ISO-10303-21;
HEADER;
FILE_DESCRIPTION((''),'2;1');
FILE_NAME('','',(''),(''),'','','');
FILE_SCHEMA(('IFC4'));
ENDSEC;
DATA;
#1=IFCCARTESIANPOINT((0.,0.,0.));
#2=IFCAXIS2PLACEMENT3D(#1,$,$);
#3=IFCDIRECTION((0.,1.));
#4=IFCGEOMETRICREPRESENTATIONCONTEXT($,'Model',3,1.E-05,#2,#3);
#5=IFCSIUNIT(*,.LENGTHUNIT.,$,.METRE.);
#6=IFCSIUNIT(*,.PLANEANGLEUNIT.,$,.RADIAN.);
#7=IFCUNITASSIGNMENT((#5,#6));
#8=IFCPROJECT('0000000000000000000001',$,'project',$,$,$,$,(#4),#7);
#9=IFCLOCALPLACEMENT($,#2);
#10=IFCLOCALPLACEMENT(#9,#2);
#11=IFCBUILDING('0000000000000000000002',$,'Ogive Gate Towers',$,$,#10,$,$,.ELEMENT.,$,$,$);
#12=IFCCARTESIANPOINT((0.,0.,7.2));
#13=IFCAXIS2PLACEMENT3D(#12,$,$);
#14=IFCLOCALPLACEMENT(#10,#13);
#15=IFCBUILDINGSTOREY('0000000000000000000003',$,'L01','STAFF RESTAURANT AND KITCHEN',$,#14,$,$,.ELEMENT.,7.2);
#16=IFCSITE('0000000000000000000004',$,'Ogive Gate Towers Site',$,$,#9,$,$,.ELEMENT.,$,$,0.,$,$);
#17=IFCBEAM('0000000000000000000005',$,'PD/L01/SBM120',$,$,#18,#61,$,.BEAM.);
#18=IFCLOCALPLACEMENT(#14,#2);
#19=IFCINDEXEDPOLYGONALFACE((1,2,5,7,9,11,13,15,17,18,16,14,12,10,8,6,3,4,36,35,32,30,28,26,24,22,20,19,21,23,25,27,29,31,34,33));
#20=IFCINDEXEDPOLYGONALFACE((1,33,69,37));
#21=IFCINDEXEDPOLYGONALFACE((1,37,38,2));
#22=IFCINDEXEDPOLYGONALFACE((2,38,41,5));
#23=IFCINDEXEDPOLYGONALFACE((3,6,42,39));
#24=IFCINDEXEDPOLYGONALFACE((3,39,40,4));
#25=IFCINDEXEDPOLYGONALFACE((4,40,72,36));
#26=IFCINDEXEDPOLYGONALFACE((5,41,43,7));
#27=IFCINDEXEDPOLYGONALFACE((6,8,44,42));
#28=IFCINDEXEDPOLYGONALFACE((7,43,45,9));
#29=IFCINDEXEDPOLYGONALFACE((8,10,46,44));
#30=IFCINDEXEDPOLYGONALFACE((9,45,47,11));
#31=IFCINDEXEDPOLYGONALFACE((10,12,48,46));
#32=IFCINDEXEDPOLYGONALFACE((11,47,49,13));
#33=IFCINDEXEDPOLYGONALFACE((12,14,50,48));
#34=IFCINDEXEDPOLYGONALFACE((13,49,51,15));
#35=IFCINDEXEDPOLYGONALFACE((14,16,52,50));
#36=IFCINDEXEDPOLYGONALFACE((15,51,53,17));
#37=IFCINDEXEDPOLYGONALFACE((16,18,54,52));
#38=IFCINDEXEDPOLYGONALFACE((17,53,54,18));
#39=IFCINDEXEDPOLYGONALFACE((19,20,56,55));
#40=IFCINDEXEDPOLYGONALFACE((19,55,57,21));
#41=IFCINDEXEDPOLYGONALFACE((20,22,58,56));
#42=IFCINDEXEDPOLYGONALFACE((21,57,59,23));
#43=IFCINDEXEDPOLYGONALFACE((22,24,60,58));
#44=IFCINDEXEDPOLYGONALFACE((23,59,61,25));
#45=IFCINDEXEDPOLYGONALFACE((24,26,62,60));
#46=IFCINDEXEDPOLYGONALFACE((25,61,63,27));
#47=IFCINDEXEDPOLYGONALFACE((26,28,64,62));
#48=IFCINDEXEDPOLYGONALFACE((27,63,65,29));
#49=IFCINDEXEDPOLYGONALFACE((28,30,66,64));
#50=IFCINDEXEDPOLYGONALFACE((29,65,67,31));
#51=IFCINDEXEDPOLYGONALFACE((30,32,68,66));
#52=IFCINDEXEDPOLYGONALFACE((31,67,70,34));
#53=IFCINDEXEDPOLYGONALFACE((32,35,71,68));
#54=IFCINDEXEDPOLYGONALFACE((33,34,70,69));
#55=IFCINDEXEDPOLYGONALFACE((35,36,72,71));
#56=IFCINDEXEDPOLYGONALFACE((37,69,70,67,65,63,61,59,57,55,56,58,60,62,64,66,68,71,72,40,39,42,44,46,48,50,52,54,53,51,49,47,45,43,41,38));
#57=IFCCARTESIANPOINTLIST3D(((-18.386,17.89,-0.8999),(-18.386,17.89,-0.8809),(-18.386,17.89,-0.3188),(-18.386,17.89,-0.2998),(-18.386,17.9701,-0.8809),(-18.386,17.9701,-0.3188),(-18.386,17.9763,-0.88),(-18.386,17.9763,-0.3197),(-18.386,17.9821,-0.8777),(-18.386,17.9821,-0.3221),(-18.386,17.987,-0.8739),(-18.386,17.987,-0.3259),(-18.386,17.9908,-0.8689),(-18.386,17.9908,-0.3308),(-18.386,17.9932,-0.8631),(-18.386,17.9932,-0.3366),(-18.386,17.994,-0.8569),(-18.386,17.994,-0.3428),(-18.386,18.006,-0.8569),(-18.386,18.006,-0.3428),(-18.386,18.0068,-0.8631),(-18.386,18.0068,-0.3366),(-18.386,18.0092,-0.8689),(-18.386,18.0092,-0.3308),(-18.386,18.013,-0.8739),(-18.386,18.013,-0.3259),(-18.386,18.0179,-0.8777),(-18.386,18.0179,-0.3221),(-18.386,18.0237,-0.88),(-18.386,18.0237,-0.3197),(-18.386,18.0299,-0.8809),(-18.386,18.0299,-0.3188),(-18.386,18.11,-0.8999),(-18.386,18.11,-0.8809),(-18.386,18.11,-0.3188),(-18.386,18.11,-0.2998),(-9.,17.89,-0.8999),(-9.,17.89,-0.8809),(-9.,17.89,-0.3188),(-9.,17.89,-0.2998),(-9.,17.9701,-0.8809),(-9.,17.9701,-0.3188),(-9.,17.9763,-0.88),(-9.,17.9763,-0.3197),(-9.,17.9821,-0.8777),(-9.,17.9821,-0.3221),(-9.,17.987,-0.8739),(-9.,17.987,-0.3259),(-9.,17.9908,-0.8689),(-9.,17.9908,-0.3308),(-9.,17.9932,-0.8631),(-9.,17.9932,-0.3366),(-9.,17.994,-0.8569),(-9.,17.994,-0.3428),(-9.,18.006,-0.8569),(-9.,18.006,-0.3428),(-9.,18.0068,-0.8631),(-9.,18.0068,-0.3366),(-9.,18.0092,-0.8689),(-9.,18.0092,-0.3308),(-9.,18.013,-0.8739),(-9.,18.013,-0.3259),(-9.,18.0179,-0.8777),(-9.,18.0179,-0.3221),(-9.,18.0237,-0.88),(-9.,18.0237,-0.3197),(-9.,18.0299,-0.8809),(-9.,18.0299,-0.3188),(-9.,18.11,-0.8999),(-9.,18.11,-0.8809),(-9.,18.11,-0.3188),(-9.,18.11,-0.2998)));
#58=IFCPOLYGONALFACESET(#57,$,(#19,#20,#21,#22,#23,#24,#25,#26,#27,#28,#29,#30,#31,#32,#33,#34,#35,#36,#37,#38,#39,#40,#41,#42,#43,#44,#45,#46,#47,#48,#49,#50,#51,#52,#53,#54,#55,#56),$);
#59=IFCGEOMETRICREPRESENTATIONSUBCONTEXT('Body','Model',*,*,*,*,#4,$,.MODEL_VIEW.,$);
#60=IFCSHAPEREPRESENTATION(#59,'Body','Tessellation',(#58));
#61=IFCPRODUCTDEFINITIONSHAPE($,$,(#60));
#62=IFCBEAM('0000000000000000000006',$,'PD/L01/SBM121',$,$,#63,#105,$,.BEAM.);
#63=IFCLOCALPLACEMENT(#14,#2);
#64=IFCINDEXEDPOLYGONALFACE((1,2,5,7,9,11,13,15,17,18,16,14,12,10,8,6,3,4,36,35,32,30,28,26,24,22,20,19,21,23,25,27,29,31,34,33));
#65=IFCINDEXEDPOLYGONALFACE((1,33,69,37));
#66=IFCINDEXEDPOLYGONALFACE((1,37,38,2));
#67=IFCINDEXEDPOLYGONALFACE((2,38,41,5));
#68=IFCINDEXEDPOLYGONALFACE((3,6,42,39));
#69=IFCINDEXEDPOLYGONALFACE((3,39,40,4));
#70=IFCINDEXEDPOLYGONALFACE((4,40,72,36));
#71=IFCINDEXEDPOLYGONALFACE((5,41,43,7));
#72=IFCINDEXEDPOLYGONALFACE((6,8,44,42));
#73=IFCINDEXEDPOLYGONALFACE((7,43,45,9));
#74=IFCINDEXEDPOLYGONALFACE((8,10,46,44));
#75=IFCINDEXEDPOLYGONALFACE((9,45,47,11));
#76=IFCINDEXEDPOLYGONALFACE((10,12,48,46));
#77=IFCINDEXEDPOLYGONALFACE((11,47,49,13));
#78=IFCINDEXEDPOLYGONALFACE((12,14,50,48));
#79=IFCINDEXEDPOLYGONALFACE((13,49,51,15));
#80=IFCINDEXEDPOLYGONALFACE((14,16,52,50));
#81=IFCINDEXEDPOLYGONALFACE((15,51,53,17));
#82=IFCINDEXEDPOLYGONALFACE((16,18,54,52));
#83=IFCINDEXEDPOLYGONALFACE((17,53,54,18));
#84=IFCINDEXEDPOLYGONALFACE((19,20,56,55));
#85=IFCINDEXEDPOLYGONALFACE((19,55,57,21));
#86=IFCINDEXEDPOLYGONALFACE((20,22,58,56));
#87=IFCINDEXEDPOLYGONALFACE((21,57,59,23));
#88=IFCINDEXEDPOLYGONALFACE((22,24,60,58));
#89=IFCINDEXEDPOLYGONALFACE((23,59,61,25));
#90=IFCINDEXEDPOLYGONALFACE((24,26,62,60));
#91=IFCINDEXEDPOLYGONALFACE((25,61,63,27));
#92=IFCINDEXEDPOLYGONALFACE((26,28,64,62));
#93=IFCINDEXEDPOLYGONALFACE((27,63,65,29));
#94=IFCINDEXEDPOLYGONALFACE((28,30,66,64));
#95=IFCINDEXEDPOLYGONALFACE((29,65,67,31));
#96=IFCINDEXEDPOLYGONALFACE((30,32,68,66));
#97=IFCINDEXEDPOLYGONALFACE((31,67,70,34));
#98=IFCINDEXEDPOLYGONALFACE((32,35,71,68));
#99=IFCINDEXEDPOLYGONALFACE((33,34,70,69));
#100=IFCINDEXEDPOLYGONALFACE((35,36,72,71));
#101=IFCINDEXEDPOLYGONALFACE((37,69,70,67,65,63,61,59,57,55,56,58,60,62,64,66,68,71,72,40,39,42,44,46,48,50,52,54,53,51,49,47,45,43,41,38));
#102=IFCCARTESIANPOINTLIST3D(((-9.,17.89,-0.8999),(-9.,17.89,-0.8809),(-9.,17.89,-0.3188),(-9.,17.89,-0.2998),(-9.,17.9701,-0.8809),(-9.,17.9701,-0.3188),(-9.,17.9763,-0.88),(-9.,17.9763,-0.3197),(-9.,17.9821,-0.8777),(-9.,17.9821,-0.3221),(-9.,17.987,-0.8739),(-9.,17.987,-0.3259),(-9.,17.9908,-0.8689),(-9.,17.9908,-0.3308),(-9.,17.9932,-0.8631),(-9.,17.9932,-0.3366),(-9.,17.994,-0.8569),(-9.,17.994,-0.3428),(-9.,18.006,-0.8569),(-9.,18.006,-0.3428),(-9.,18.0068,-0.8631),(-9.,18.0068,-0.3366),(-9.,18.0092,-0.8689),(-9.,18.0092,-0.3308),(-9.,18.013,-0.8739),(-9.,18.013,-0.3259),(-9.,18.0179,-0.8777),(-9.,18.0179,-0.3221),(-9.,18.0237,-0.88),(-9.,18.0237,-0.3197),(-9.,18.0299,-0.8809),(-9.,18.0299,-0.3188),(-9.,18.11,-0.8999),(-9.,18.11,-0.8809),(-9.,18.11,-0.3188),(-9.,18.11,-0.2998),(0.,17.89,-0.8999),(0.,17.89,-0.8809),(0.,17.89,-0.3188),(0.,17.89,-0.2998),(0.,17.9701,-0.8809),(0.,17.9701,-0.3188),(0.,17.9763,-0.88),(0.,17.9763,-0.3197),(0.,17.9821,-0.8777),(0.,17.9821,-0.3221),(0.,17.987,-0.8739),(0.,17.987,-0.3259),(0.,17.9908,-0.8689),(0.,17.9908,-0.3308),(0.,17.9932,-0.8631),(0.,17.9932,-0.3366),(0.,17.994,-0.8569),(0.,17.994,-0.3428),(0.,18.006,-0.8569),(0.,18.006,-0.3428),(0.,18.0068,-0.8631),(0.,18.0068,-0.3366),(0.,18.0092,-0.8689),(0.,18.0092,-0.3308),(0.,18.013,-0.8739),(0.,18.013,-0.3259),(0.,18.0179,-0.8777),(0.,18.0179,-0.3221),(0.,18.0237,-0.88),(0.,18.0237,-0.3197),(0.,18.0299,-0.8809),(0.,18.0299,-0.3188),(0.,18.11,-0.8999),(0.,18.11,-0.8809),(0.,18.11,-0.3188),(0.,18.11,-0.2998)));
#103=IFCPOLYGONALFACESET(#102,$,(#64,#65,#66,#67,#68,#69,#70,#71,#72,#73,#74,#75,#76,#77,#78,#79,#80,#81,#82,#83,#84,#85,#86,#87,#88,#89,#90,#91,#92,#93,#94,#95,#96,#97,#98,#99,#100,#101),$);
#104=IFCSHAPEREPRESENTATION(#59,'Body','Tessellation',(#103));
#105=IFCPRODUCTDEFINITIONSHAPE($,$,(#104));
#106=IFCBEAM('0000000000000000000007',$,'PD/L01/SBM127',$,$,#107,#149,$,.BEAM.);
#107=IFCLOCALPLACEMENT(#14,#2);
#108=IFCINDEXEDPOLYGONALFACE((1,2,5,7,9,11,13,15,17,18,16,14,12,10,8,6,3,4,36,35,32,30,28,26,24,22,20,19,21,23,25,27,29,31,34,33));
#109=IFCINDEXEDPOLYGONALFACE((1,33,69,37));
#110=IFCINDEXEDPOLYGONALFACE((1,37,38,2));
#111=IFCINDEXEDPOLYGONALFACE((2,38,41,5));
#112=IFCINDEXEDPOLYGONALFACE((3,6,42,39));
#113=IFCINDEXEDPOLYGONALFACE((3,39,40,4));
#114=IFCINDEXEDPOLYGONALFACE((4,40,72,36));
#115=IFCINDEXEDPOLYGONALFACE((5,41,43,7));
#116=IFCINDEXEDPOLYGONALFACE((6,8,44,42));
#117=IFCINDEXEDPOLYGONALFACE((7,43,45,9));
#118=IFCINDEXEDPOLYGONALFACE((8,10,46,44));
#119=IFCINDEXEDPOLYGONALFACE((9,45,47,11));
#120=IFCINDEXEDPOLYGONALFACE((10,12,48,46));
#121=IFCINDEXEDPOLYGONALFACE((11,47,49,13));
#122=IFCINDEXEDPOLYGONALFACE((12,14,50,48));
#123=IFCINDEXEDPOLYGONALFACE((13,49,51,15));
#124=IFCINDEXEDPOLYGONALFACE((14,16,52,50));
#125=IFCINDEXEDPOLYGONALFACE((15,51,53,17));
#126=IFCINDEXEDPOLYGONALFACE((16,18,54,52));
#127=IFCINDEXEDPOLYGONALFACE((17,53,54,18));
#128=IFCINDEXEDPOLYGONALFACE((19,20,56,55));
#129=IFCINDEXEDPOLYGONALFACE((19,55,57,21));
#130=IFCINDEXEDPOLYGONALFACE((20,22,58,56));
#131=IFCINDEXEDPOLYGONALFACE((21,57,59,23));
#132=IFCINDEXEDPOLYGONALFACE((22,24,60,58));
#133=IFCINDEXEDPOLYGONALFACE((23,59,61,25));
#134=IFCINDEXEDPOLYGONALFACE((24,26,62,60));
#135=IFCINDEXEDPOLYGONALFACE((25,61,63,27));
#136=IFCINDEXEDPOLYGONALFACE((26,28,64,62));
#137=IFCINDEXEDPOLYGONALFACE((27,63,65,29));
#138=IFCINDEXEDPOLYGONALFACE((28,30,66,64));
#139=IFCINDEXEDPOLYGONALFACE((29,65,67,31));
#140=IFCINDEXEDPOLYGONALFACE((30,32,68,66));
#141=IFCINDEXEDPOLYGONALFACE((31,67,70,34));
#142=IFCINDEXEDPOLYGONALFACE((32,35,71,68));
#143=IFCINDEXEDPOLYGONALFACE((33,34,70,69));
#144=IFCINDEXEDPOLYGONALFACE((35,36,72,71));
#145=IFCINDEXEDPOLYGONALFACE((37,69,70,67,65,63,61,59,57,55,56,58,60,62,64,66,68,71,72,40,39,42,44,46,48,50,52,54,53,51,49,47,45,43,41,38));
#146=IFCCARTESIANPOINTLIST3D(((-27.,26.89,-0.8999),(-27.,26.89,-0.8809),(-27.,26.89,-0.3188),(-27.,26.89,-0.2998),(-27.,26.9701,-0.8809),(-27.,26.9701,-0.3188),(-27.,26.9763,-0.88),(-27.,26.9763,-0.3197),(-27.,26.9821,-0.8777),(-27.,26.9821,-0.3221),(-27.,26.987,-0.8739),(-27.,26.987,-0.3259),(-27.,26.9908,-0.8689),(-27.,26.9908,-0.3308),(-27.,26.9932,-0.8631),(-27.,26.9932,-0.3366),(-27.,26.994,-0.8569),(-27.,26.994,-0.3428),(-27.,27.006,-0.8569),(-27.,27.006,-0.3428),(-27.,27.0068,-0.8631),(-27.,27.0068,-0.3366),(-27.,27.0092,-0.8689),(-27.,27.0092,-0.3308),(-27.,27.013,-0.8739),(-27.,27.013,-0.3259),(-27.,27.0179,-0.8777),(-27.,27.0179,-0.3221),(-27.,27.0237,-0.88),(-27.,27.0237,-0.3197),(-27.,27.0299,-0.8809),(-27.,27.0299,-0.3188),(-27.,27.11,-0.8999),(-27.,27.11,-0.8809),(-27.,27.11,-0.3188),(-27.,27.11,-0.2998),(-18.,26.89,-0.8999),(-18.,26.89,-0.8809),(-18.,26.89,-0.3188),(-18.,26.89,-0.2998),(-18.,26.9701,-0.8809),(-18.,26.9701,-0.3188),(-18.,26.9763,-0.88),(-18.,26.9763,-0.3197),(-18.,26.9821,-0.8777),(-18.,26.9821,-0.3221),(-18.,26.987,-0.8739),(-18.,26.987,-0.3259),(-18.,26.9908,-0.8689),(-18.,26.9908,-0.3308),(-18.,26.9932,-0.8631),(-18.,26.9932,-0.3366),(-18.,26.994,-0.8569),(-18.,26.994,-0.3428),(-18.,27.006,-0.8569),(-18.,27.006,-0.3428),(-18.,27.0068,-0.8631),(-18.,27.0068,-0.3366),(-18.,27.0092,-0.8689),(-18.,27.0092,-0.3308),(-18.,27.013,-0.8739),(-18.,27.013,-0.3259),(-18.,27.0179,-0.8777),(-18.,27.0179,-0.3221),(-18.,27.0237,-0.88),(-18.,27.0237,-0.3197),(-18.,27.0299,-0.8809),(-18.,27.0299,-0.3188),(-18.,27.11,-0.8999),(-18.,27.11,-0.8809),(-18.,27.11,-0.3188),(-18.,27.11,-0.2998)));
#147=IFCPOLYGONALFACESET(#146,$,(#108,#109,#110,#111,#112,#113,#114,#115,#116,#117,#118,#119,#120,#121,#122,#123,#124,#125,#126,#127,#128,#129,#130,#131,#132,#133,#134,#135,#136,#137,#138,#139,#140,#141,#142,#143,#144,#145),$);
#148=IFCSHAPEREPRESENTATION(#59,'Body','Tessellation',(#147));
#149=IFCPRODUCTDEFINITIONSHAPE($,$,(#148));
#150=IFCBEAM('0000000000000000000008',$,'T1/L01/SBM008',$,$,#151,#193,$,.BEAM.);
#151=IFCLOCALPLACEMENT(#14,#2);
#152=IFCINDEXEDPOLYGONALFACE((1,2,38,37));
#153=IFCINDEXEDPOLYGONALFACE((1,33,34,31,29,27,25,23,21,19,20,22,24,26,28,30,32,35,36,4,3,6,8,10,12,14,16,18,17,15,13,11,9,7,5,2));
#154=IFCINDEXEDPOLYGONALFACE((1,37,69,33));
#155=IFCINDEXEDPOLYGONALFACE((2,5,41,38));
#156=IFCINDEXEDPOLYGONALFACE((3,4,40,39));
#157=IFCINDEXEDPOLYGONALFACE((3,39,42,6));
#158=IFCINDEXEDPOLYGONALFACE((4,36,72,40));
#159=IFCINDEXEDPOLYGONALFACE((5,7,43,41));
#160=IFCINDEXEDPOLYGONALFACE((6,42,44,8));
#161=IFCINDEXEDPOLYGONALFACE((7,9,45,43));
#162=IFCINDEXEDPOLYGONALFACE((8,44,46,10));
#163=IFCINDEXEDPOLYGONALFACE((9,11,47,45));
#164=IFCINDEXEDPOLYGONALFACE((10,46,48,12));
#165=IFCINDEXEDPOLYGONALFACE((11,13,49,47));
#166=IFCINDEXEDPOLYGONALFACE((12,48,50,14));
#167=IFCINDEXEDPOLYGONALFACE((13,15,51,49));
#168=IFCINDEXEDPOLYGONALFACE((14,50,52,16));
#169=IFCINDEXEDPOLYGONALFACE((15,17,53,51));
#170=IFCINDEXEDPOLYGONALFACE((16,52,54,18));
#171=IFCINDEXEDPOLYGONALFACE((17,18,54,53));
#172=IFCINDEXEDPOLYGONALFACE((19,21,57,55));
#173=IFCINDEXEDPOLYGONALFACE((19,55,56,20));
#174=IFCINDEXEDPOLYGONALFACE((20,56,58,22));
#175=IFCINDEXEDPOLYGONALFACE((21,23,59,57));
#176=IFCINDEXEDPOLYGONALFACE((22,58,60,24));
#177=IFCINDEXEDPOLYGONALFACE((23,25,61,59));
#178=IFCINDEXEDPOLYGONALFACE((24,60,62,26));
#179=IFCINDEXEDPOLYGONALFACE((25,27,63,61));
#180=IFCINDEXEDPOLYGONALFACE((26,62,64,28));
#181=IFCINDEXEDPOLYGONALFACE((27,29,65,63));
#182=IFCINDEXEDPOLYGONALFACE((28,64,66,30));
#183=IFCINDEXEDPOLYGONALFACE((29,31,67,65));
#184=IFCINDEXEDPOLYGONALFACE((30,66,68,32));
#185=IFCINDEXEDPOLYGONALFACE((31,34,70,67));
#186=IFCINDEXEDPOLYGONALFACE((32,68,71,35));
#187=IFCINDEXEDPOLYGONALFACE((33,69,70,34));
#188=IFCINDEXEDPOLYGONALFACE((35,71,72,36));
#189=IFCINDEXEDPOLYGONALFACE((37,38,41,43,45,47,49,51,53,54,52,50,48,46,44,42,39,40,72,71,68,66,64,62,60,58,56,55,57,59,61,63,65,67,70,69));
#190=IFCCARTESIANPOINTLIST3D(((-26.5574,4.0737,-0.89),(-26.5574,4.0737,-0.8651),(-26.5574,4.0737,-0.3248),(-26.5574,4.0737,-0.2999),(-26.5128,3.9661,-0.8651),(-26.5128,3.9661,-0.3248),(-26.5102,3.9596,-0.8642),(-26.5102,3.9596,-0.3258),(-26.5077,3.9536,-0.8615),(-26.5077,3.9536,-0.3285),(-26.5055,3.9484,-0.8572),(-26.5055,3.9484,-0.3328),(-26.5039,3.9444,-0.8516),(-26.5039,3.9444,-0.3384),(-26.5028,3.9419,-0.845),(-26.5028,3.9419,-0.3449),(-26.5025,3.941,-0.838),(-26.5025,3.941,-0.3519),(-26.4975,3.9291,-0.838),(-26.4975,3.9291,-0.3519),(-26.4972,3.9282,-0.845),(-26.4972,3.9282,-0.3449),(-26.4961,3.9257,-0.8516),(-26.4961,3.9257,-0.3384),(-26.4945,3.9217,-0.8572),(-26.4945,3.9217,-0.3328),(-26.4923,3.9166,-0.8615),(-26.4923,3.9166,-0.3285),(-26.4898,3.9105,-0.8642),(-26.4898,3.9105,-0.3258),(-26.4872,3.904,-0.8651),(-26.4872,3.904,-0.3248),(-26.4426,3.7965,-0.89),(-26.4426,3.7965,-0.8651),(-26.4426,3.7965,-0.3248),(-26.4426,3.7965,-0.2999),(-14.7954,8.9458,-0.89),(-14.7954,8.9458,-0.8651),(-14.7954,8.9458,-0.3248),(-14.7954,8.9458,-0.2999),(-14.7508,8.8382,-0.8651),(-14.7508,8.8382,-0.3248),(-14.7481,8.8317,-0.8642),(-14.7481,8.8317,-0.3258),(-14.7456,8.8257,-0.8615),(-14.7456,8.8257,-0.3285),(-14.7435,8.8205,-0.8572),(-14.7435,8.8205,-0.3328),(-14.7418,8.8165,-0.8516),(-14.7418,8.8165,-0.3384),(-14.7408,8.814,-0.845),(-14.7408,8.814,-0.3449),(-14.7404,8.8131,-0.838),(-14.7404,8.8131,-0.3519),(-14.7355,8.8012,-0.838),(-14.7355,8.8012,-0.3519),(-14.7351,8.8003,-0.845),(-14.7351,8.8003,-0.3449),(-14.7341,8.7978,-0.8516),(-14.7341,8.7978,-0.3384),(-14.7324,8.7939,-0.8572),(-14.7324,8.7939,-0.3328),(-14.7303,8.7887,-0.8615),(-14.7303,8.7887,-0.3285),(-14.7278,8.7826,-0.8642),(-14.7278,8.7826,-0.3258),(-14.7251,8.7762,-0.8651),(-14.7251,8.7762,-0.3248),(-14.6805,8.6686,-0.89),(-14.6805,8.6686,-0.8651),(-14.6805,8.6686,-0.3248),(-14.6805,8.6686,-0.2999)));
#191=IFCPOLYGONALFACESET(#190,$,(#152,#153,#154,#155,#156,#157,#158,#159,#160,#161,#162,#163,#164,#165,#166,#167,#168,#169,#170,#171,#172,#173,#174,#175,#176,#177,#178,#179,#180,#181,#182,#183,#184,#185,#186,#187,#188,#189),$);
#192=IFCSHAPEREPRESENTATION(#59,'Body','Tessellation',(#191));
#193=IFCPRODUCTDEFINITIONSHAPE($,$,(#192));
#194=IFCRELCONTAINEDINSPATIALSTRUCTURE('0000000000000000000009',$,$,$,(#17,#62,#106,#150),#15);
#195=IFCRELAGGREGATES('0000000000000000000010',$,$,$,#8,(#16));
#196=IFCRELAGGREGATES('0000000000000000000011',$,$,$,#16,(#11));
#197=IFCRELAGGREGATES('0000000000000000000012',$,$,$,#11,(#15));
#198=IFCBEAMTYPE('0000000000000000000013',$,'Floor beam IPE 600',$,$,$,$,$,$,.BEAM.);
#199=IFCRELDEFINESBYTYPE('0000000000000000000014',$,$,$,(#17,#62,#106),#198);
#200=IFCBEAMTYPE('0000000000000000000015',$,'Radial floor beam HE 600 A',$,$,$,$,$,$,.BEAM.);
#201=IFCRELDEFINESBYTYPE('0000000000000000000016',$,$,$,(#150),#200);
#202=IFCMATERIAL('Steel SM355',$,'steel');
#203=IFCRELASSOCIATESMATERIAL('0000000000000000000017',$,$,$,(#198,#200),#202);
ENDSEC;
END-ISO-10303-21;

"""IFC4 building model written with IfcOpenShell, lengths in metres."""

from ifc_helpers import new_model, si_unit, direction, frame, origin, origin_2d, place, context, subcontext, project, spatial, i_section, extrude, material, material_profile, profile_set, type_object, element, save


model = new_model("IFC4")

# Units and contexts
model_context = context("Model", 3, precision=1e-05, world=origin(), true_north=direction((0.0, 1.0)))
body_context = subcontext(model_context, "Body", "Model", "MODEL_VIEW")
ifc_project = project(units=[si_unit("LENGTHUNIT", "METRE"), si_unit("PLANEANGLEUNIT", "RADIAN")], contexts=[model_context])

# Site, building, storey
site_placement = place(None, origin())
site = spatial("IfcSite", under=ifc_project, at=site_placement, Name="Ogive Gate Towers Site", CompositionType="ELEMENT", RefElevation=0.0)
building_placement = place(site_placement, origin())
building = spatial("IfcBuilding", under=site, at=building_placement, Name="Ogive Gate Towers", CompositionType="ELEMENT")
storey_placement = place(building_placement, frame((0.0, 0.0, 7.2)))
storey = spatial("IfcBuildingStorey", under=building, at=storey_placement, Name="L01", Description="STAFF RESTAURANT AND KITCHEN", CompositionType="ELEMENT", Elevation=7.2)

# Beams
ifc_material_1 = material(Name="Steel SM355", Category="steel")
ifc_material_profile_1 = material_profile(ifc_material_1, i_section(OverallWidth=0.22, OverallDepth=0.6001, WebThickness=0.012, FlangeThickness=0.019, FilletRadius=0.0239, at=origin_2d()), Name="IPE 600")
ifc_profile_set_1 = profile_set([ifc_material_profile_1], Name="Steel SM355")
beam_type_1 = type_object("IfcBeamType", Name="Floor beam IPE 600", PredefinedType="BEAM", material=ifc_profile_set_1)
beam_1_placement = place(storey_placement, frame((-18.386, 18.0, -0.5999), z_axis=(1.0, 0.0, 0.0), x_axis=(0.0, 1.0, 0.0)))
element("IfcBeam", 1, at=beam_1_placement, inside=storey, type_object=beam_type_1, Name="PD/L01/SBM120", PredefinedType="BEAM", context=body_context, shape_type="SweptSolid", body=[
    extrude(i_section(OverallWidth=0.22, OverallDepth=0.6001, WebThickness=0.012, FlangeThickness=0.019, FilletRadius=0.0239, at=origin_2d()), origin(), (0.0, 0.0, 1.0), 9.386),
])
for number, where, z_axis, x_axis, name in (
    (2, (-9.0, 18.0, -0.5999), (1.0, 0.0, 0.0), (0.0, 1.0, 0.0), "PD/L01/SBM121"),
    (3, (-27.0, 27.0, -0.5999), (1.0, 0.0, 0.0), (0.0, 1.0, 0.0), "PD/L01/SBM127"),
):
    element("IfcBeam", number, at=place(storey_placement, frame(where, z_axis=z_axis, x_axis=x_axis)), inside=storey, type_object=beam_type_1, Name=name, PredefinedType="BEAM", context=body_context, shape_type="SweptSolid", body=[
        extrude(i_section(OverallWidth=0.22, OverallDepth=0.6001, WebThickness=0.012, FlangeThickness=0.019, FilletRadius=0.0239, at=origin_2d()), origin(), (0.0, 0.0, 1.0), 9.0),
    ])
ifc_material_profile_2 = material_profile(ifc_material_1, i_section(OverallWidth=0.3, OverallDepth=0.5901, WebThickness=0.0129, FlangeThickness=0.0249, FilletRadius=0.0271, at=origin_2d()), Name="HE 600 A")
ifc_profile_set_2 = profile_set([ifc_material_profile_2], Name="Steel SM355")
beam_type_2 = type_object("IfcBeamType", Name="Radial floor beam HE 600 A", PredefinedType="BEAM", material=ifc_profile_set_2)
beam_2_placement = place(storey_placement, frame((-26.5, 3.9351, -0.595), z_axis=(0.923877, 0.382691, 0.0), x_axis=(-0.382691, 0.923877, 0.0)))
element("IfcBeam", 4, at=beam_2_placement, inside=storey, type_object=beam_type_2, Name="T1/L01/SBM008", PredefinedType="BEAM", context=body_context, shape_type="SweptSolid", body=[
    extrude(i_section(OverallWidth=0.3, OverallDepth=0.5901, WebThickness=0.0129, FlangeThickness=0.0249, FilletRadius=0.0271, at=origin_2d()), origin(), (0.0, 0.0, 1.0), 12.7312),
])

save(model, "model.ifc")
